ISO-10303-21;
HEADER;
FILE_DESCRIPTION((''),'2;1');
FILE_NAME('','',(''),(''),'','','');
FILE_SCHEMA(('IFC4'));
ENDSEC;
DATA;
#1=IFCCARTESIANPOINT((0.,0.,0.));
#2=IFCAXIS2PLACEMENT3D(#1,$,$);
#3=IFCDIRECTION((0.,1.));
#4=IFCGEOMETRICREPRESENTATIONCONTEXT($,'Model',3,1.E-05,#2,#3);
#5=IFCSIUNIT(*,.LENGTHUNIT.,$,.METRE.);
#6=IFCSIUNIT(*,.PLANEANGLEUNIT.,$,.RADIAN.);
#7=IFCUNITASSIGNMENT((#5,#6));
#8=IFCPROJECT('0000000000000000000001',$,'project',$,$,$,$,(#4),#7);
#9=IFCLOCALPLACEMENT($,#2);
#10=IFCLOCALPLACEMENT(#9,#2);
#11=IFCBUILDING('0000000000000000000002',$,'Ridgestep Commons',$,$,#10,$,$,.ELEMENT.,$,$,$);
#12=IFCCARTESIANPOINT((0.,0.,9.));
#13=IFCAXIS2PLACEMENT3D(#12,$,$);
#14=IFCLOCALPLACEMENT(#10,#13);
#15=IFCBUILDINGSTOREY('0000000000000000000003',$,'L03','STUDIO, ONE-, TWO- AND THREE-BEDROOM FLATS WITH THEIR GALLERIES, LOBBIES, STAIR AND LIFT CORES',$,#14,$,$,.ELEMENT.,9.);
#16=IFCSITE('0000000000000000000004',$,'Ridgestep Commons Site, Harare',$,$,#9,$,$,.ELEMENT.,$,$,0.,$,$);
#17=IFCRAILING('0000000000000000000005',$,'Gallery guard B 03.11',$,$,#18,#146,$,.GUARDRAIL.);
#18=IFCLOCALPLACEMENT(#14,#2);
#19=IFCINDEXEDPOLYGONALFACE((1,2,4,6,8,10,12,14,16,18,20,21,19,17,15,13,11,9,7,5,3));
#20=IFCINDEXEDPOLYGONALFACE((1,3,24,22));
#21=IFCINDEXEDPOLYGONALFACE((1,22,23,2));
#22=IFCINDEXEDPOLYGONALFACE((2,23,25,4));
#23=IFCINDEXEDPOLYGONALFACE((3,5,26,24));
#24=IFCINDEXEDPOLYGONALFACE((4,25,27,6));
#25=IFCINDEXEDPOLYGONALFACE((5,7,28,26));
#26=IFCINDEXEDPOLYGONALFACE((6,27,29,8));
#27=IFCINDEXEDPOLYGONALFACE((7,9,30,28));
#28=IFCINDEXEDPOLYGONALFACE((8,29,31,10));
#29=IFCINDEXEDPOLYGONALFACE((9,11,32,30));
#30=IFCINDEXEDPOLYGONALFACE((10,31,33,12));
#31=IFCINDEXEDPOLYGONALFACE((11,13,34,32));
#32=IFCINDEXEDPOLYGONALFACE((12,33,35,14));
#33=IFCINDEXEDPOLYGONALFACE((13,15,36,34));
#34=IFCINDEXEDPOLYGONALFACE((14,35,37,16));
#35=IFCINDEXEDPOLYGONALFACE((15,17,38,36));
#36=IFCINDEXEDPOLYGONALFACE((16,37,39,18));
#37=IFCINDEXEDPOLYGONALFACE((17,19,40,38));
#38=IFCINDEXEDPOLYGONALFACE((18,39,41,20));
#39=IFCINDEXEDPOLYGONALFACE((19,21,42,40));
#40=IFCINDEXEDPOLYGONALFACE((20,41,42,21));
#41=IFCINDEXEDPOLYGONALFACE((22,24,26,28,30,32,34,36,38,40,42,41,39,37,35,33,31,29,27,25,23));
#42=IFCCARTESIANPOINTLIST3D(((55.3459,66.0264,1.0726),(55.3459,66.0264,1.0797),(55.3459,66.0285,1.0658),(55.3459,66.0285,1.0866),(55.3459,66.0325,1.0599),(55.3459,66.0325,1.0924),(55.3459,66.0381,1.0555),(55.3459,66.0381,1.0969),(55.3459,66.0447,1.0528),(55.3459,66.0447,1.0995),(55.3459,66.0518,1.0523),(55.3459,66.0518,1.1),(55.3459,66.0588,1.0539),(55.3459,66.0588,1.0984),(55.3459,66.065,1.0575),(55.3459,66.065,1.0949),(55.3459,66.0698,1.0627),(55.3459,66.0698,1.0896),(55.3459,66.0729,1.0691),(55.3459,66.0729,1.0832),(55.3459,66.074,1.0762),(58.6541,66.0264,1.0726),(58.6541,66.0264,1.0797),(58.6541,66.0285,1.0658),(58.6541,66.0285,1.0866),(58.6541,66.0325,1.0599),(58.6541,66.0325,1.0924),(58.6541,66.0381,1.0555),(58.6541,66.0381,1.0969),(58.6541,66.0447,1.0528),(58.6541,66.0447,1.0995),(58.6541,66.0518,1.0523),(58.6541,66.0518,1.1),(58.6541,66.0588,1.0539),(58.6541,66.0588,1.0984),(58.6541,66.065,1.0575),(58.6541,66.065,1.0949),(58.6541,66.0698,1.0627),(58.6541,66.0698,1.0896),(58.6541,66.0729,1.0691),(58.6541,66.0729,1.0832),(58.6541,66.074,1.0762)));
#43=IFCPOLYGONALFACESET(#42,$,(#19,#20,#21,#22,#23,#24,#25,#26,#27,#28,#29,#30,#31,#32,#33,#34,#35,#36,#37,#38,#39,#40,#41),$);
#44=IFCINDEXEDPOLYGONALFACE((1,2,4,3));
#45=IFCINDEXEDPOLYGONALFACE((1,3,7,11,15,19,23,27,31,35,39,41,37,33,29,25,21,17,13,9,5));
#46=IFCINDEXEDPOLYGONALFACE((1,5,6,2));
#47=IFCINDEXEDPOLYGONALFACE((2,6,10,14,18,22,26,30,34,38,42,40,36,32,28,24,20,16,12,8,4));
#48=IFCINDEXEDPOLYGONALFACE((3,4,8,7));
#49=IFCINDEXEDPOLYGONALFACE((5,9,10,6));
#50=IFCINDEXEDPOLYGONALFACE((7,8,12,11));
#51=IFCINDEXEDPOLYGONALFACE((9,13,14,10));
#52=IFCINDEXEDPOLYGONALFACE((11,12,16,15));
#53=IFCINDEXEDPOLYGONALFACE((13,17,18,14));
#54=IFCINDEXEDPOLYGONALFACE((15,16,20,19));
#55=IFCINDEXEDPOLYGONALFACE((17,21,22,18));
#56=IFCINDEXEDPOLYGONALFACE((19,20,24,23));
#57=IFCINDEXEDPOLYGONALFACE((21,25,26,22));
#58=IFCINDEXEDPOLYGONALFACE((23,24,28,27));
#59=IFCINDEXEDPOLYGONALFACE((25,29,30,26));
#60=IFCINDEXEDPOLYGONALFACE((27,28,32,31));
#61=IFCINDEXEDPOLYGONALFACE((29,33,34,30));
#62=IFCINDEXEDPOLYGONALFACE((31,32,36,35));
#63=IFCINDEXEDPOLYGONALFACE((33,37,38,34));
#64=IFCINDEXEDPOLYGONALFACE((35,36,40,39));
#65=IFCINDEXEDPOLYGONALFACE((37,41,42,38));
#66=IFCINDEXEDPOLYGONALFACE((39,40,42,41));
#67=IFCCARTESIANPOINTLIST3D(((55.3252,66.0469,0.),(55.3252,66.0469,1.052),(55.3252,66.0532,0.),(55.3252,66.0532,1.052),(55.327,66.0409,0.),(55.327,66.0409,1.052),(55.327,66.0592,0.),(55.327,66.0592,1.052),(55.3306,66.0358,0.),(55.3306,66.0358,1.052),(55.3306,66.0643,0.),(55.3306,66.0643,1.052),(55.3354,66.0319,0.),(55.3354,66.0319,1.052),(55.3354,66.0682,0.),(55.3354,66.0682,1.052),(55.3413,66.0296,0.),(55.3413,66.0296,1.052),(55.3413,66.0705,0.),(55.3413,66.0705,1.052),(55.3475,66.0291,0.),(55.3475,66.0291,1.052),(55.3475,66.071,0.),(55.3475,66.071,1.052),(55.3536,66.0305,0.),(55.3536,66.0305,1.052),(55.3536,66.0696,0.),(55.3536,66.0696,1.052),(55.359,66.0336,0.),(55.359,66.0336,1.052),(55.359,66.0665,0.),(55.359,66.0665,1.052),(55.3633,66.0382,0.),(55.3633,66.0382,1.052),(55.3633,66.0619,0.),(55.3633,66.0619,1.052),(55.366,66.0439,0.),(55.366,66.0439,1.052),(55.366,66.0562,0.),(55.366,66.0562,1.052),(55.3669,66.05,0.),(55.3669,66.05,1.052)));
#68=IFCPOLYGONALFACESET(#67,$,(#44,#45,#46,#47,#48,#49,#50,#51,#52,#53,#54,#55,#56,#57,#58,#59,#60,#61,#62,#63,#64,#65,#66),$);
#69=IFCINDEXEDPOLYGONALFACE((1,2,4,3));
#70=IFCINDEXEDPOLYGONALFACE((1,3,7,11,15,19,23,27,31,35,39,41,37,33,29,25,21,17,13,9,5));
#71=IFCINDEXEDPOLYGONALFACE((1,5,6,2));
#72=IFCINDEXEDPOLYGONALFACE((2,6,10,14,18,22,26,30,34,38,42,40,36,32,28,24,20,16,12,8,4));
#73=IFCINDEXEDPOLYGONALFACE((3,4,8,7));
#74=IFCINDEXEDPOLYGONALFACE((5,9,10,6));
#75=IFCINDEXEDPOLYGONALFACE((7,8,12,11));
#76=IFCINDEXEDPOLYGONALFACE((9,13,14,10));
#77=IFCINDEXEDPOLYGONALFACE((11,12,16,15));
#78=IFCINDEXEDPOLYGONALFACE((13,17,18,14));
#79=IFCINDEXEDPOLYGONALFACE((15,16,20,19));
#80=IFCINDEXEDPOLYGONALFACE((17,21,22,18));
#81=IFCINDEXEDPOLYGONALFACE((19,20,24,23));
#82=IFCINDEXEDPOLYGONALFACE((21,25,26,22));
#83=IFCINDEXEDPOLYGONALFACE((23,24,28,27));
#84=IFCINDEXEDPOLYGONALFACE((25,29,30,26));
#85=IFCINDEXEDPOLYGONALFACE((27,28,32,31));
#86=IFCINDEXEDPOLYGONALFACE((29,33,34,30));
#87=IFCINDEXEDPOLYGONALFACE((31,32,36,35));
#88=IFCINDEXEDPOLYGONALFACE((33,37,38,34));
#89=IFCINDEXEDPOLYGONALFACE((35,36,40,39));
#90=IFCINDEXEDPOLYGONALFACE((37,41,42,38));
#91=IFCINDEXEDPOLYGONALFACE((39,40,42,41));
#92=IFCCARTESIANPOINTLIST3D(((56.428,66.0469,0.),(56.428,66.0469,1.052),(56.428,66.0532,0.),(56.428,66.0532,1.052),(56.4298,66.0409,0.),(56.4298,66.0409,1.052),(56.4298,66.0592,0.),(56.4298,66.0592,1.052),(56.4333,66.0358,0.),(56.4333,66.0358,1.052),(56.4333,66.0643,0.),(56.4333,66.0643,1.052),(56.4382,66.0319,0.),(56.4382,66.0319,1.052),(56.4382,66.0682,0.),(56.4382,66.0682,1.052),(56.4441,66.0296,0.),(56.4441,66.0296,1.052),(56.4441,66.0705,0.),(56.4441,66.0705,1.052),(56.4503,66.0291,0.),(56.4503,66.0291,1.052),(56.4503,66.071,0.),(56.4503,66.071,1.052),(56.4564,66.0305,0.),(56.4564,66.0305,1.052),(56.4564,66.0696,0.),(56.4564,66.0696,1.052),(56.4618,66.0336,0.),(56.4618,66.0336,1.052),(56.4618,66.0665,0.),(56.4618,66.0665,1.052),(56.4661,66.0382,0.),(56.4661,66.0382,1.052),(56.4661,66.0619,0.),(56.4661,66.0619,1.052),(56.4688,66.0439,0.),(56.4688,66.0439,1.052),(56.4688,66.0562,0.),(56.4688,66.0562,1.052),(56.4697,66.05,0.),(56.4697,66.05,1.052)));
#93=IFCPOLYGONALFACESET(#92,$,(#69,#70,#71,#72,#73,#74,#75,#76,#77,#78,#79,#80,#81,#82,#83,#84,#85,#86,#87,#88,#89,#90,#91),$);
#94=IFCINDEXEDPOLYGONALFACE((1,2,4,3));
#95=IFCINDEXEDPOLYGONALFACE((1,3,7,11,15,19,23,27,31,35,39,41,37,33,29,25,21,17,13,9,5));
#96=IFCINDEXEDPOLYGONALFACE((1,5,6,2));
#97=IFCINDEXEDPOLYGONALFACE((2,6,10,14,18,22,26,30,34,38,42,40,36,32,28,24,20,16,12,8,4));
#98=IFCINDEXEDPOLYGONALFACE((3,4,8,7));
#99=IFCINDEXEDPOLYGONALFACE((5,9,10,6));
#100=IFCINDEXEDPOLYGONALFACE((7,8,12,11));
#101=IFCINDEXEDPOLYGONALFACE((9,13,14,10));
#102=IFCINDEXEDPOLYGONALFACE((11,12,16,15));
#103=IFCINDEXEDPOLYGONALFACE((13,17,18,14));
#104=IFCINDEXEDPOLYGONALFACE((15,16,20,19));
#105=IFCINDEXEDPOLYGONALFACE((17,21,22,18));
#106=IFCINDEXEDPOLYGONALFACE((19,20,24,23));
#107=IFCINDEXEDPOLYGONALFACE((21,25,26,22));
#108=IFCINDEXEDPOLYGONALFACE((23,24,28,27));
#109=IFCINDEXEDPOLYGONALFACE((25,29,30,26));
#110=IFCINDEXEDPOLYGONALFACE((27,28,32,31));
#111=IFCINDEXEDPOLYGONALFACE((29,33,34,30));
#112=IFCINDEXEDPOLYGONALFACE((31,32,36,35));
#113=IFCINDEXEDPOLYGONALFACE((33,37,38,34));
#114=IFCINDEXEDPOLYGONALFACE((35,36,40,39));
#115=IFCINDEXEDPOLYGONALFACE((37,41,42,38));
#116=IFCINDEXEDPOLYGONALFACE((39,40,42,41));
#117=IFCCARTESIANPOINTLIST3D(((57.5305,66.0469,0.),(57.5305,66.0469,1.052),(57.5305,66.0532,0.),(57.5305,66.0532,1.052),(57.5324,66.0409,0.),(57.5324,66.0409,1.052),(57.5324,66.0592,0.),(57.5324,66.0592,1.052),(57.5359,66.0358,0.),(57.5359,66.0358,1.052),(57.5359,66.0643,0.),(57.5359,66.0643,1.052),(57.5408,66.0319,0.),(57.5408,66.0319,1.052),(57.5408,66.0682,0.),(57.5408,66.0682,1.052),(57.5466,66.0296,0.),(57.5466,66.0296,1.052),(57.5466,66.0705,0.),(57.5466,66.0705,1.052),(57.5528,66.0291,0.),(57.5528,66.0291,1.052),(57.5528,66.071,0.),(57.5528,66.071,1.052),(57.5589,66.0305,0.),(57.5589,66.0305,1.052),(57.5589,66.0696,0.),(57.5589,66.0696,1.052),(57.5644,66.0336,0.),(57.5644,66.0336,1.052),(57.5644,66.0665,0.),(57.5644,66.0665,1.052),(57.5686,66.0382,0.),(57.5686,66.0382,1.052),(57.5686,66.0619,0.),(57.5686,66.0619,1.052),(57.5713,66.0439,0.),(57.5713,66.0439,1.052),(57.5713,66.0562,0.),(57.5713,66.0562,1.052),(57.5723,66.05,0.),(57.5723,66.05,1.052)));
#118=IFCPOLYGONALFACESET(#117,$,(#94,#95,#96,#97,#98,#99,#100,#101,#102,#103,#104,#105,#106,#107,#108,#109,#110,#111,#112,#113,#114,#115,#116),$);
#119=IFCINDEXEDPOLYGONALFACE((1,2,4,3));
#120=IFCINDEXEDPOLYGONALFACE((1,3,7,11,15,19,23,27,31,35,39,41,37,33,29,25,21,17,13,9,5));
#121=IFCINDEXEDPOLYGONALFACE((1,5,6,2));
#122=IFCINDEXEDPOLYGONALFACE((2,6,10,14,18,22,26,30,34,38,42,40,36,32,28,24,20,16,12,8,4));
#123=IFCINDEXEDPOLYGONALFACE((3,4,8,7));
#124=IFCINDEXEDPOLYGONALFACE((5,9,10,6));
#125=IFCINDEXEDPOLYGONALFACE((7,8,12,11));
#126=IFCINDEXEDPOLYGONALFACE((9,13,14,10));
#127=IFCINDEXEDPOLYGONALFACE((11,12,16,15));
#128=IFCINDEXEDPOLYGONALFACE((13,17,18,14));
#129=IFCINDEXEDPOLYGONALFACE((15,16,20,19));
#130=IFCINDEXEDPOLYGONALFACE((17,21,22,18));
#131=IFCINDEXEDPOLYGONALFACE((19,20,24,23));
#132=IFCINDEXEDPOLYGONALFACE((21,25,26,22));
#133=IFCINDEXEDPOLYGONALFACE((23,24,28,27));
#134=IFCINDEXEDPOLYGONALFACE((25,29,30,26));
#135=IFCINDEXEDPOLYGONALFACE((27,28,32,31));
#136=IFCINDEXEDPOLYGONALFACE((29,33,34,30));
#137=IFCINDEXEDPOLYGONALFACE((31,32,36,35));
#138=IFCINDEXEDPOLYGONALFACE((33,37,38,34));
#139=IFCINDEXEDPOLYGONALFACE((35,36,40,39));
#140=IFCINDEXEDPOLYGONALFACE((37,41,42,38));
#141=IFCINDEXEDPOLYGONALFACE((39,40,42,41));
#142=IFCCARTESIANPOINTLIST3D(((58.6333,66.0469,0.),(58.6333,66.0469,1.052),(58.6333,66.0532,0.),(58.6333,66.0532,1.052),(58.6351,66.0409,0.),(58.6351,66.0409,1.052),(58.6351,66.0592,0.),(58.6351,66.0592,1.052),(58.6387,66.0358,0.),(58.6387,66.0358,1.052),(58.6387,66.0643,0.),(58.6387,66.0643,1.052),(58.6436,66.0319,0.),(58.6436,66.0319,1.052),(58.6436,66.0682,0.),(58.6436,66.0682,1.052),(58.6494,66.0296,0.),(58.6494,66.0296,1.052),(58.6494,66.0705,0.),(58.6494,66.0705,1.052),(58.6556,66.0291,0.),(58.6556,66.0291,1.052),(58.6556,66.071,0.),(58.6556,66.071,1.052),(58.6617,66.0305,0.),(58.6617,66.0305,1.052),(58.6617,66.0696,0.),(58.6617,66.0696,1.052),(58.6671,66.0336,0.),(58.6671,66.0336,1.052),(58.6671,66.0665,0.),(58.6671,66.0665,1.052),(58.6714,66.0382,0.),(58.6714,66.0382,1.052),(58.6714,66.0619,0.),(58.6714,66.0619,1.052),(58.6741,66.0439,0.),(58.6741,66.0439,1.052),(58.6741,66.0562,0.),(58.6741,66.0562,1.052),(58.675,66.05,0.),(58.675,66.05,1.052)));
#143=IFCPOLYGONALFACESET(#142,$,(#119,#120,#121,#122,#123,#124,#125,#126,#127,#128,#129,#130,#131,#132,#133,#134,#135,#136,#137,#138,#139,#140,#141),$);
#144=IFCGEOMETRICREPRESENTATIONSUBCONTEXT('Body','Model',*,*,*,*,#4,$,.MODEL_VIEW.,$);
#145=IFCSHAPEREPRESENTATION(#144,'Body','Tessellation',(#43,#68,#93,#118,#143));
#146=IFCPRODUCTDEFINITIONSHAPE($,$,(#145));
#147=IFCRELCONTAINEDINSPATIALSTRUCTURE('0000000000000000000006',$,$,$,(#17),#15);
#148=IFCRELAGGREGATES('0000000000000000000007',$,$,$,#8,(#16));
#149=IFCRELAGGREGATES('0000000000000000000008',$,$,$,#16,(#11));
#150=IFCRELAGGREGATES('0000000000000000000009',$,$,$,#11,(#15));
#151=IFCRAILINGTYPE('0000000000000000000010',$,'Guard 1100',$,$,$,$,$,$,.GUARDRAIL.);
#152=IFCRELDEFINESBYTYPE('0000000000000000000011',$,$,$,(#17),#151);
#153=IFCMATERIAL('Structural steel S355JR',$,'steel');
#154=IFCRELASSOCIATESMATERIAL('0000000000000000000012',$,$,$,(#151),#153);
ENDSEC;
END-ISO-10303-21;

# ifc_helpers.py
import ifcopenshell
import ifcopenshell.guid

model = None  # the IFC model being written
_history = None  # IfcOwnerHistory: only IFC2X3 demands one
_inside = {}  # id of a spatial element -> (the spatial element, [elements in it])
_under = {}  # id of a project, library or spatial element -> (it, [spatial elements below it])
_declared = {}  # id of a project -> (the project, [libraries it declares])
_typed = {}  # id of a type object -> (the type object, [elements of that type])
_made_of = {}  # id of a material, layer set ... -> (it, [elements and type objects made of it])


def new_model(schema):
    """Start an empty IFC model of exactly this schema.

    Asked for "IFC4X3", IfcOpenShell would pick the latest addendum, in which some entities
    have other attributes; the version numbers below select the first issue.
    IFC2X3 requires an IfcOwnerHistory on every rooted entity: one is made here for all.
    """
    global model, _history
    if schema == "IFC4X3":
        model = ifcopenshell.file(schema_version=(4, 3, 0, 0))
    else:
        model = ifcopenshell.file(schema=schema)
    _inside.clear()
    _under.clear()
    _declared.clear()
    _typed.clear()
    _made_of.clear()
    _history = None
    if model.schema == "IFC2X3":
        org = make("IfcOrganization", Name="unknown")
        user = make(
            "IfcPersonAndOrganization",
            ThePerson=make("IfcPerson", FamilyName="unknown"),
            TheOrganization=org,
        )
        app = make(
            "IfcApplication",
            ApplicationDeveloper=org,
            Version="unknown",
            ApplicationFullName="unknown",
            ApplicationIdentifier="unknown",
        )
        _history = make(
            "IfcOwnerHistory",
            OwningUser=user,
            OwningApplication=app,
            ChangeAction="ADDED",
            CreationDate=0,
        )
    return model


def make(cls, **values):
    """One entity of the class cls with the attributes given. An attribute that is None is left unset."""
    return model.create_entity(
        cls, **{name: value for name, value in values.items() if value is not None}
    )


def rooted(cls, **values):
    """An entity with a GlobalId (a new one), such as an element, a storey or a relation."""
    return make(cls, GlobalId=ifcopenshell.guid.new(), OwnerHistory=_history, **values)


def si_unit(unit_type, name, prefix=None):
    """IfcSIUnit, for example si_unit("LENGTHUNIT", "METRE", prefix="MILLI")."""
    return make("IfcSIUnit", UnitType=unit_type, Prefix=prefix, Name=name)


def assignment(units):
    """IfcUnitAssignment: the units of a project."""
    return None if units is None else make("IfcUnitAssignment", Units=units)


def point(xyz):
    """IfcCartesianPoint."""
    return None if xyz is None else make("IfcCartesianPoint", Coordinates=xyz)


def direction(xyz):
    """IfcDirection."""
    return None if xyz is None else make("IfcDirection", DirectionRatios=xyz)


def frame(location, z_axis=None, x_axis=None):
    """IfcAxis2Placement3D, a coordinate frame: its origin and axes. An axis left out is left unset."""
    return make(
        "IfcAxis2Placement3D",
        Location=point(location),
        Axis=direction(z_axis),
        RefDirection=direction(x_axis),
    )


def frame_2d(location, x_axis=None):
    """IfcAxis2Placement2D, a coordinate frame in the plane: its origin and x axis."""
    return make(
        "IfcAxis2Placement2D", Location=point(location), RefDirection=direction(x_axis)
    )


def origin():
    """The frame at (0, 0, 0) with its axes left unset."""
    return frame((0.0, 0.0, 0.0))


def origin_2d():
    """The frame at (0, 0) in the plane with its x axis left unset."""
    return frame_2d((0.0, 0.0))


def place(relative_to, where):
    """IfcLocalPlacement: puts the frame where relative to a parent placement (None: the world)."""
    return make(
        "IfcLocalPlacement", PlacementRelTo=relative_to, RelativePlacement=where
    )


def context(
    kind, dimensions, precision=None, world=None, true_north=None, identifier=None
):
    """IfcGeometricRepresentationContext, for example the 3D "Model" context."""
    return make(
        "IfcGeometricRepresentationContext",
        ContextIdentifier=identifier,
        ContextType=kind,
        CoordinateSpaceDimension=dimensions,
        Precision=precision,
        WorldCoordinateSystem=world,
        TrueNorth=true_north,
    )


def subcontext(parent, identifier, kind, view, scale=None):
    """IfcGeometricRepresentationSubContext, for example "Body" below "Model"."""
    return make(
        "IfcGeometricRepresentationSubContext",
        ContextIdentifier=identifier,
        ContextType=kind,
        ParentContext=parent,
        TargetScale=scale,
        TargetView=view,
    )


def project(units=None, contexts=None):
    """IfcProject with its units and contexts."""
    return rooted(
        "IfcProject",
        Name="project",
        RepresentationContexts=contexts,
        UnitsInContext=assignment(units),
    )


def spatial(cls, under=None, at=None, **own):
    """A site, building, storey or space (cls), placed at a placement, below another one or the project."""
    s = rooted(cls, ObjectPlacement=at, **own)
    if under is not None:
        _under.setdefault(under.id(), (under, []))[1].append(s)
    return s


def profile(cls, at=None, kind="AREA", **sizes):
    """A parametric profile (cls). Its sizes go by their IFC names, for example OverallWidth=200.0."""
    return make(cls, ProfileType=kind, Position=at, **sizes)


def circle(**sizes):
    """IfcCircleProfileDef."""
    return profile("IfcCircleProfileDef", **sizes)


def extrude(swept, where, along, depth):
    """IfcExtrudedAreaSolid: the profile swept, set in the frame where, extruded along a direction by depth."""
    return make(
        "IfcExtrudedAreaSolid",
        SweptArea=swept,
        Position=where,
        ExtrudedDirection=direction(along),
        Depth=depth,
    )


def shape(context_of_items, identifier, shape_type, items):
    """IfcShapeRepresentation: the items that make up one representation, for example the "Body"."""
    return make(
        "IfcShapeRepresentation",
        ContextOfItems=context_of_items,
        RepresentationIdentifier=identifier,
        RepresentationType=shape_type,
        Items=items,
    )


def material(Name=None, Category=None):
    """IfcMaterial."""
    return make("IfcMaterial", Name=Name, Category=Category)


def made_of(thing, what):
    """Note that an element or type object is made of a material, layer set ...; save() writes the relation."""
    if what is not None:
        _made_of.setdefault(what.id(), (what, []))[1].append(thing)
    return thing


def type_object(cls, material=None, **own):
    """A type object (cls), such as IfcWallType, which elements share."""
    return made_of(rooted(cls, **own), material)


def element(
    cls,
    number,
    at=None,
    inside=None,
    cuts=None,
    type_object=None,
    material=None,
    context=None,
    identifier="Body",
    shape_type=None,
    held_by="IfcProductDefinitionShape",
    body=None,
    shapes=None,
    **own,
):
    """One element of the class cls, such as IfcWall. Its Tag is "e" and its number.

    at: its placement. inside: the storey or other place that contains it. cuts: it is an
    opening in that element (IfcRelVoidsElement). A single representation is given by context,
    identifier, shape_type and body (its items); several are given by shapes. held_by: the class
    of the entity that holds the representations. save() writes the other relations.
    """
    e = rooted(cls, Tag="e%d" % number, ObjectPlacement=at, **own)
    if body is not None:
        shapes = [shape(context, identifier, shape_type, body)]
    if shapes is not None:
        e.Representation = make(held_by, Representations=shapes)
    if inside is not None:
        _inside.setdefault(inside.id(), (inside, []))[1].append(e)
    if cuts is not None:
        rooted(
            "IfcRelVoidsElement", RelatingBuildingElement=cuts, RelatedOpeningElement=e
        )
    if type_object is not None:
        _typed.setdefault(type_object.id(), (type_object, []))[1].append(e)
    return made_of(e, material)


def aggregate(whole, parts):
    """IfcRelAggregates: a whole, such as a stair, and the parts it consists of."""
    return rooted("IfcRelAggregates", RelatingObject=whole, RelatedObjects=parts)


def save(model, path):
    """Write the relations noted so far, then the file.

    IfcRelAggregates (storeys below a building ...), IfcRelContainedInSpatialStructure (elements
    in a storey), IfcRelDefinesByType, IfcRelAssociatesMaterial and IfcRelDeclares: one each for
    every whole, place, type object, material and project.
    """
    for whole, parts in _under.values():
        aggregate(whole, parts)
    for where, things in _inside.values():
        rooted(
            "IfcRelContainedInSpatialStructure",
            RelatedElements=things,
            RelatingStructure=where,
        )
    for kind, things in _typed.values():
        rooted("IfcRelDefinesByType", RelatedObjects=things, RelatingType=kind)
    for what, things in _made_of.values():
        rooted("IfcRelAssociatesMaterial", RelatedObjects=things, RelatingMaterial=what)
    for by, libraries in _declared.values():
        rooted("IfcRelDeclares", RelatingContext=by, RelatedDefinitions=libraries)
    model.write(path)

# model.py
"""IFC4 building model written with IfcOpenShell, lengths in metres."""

from ifc_helpers import new_model, si_unit, direction, frame, origin, origin_2d, place, context, subcontext, project, spatial, circle, extrude, material, type_object, element, save


model = new_model("IFC4")

# Units and contexts
model_context = context("Model", 3, precision=1e-05, world=origin(), true_north=direction((0.0, 1.0)))
body_context = subcontext(model_context, "Body", "Model", "MODEL_VIEW")
ifc_project = project(units=[si_unit("LENGTHUNIT", "METRE"), si_unit("PLANEANGLEUNIT", "RADIAN")], contexts=[model_context])

# Site, building, storey
site_placement = place(None, origin())
site = spatial("IfcSite", under=ifc_project, at=site_placement, Name="Ridgestep Commons Site, Harare", CompositionType="ELEMENT", RefElevation=0.0)
building_placement = place(site_placement, origin())
building = spatial("IfcBuilding", under=site, at=building_placement, Name="Ridgestep Commons", CompositionType="ELEMENT")
storey_placement = place(building_placement, frame((0.0, 0.0, 9.0)))
storey = spatial("IfcBuildingStorey", under=building, at=storey_placement, Name="L03", Description="STUDIO, ONE-, TWO- AND THREE-BEDROOM FLATS WITH THEIR GALLERIES, LOBBIES, STAIR AND LIFT CORES", CompositionType="ELEMENT", Elevation=9.0)

# Railing
ifc_material_1 = material(Name="Structural steel S355JR", Category="steel")
railing_type_1 = type_object("IfcRailingType", Name="Guard 1100", PredefinedType="GUARDRAIL", material=ifc_material_1)
railing_1_placement = place(storey_placement, frame((55.3459, 66.05, 0.0)))
element("IfcRailing", 1, at=railing_1_placement, inside=storey, type_object=railing_type_1, Name="Gallery guard B 03.11", PredefinedType="GUARDRAIL", context=body_context, shape_type="SweptSolid", body=[
    extrude(circle(Radius=0.0239, at=origin_2d()), frame((0.0, 0.0, 1.0762), z_axis=(1.0, 0.0, 0.0), x_axis=(0.0, 1.0, 0.0)), (0.0, 0.0, 1.0), 3.3081),
    extrude(circle(Radius=0.021, at=origin_2d()), origin(), (0.0, 0.0, 1.0), 1.052),
    extrude(circle(Radius=0.021, at=origin_2d()), frame((1.1028, 0.0, 0.0)), (0.0, 0.0, 1.0), 1.052),
    extrude(circle(Radius=0.021, at=origin_2d()), frame((2.2053, 0.0, 0.0)), (0.0, 0.0, 1.0), 1.052),
    extrude(circle(Radius=0.021, at=origin_2d()), frame((3.3081, 0.0, 0.0)), (0.0, 0.0, 1.0), 1.052),
])

save(model, "model.ifc")
